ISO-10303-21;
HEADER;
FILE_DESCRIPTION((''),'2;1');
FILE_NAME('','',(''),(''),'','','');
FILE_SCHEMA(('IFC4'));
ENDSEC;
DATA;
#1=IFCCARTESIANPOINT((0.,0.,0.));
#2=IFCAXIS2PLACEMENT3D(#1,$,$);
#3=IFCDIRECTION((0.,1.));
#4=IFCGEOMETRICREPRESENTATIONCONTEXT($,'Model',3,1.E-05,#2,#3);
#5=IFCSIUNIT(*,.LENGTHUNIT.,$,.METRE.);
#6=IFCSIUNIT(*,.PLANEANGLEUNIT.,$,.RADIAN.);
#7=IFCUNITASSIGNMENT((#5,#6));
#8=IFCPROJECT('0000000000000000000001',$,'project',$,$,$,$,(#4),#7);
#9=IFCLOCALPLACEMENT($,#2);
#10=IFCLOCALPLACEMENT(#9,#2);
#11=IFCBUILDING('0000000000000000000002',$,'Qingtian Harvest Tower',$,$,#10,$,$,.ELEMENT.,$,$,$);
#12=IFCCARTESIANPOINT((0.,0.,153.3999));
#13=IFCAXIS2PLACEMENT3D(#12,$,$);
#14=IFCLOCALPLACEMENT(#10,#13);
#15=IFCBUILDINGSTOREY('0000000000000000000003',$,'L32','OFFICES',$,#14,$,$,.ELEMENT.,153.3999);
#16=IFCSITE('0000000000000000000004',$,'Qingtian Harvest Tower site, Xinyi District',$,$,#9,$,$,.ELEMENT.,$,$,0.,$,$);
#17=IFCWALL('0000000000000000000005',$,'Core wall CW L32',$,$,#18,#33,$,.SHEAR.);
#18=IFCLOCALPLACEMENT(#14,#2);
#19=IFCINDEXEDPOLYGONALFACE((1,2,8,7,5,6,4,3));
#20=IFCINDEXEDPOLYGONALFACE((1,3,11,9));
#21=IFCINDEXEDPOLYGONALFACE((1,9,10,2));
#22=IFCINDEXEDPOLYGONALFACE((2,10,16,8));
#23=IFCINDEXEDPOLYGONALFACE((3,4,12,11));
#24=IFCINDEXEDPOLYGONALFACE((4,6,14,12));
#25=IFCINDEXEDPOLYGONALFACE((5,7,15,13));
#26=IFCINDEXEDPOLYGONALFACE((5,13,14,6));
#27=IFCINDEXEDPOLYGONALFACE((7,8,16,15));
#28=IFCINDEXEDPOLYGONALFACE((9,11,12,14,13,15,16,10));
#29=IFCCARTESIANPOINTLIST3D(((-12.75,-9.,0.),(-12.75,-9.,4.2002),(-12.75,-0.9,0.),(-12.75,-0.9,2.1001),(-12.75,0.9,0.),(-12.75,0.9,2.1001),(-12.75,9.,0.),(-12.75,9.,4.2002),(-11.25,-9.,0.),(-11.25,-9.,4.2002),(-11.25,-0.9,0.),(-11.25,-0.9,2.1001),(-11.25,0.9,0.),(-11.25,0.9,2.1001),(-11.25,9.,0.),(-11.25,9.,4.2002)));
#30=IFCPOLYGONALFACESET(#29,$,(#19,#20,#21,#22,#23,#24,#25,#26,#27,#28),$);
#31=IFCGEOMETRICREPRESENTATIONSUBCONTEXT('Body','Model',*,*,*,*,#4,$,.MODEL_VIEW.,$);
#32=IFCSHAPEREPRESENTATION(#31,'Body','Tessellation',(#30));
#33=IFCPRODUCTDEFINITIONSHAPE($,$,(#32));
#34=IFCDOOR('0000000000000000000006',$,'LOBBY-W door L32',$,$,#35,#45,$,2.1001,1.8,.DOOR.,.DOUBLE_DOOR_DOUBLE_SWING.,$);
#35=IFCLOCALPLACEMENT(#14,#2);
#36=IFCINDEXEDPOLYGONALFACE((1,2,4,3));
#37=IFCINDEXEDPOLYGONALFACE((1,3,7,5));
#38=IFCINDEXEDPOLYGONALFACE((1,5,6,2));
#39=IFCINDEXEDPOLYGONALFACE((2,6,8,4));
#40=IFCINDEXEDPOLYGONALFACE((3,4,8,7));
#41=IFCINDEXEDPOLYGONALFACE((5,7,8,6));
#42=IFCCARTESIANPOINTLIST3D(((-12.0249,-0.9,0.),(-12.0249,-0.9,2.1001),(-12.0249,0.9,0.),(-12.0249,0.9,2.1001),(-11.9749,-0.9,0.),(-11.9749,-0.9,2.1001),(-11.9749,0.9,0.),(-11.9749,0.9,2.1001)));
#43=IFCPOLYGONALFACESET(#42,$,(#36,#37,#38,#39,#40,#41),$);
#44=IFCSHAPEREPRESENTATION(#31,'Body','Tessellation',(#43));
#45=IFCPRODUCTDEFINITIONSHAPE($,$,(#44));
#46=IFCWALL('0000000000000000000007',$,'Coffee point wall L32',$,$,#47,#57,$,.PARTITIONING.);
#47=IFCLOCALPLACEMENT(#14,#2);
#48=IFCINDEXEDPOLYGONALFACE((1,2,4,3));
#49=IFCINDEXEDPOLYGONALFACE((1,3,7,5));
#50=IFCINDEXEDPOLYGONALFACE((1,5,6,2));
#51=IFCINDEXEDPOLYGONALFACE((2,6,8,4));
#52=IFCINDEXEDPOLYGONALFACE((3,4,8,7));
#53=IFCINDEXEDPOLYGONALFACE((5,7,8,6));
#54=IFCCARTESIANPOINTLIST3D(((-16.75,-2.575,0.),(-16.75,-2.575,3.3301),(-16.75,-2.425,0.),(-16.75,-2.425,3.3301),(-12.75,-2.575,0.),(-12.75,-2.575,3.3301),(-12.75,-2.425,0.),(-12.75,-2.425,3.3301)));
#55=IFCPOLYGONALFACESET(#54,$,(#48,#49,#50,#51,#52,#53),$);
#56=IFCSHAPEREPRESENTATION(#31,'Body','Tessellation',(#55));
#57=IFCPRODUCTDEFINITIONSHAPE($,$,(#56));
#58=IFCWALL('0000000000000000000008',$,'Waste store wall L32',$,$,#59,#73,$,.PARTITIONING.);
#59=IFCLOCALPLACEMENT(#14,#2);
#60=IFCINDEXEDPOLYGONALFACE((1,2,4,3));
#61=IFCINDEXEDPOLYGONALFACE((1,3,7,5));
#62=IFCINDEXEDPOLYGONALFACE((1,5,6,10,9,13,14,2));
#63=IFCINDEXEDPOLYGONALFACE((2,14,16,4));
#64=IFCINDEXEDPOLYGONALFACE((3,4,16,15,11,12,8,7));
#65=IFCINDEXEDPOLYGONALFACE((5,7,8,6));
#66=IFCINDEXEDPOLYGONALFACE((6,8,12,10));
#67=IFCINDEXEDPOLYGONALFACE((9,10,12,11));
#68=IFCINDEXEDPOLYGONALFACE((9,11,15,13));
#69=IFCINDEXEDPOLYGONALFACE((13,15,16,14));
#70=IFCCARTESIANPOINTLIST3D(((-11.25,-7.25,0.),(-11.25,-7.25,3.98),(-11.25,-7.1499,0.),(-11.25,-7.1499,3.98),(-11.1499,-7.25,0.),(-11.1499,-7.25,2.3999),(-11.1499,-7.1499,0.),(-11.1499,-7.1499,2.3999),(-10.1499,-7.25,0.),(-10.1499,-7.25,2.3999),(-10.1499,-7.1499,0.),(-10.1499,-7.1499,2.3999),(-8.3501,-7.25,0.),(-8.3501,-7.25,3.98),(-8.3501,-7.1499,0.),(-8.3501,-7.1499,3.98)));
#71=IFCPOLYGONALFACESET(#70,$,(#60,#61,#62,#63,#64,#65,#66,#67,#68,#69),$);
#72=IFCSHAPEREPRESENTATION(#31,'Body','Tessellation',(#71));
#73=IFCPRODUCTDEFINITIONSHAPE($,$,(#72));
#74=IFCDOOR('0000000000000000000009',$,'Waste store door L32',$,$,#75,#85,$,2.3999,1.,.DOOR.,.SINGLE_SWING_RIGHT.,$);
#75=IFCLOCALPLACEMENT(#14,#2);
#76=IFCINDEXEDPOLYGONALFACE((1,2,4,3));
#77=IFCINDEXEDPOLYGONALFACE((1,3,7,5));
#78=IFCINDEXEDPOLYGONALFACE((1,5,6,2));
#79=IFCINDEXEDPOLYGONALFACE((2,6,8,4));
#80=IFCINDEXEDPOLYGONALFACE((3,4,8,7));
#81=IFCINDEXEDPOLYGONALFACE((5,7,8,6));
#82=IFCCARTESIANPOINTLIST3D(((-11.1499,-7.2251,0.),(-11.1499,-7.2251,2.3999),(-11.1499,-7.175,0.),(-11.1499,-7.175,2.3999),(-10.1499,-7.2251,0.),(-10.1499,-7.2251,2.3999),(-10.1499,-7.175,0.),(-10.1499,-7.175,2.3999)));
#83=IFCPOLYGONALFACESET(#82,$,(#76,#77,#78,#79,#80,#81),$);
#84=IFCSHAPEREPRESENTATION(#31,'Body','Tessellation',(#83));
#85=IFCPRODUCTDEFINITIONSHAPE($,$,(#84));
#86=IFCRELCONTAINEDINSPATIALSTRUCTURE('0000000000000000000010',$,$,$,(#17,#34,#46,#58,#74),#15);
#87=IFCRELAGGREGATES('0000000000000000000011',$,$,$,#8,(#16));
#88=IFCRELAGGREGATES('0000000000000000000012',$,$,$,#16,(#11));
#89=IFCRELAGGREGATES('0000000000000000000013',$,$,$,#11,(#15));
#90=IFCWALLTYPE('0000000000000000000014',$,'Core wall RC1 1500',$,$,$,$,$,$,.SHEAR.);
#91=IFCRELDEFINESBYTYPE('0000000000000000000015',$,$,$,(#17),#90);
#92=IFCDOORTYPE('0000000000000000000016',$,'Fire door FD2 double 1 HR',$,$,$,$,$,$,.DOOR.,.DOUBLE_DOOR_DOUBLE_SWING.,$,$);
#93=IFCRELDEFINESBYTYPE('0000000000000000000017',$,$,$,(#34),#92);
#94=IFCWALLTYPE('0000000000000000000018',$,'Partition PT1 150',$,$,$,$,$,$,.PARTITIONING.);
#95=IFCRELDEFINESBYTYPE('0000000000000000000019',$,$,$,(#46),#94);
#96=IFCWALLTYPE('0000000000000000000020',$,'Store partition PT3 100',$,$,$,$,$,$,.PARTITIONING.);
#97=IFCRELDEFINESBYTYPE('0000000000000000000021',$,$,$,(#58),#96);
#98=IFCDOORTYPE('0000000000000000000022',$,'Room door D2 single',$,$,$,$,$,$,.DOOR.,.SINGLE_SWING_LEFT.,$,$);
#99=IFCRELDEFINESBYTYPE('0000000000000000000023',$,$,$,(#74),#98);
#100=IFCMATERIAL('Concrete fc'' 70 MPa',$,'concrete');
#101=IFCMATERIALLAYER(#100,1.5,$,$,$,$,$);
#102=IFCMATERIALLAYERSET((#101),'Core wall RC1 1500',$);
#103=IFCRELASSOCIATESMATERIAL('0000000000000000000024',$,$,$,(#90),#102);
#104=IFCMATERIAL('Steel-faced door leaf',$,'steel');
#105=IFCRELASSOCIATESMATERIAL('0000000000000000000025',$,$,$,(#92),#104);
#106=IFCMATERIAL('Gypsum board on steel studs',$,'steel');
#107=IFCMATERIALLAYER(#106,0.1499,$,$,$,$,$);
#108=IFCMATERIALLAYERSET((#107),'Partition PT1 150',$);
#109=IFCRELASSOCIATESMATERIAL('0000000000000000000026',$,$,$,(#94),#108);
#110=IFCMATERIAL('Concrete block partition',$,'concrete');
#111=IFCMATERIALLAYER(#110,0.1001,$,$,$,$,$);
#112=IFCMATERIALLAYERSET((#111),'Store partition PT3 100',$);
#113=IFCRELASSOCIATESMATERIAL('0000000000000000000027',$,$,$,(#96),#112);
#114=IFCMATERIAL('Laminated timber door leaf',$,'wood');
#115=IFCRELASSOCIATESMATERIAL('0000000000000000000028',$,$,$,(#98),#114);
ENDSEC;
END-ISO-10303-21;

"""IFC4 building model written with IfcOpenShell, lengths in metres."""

from ifc_helpers import new_model, si_unit, direction, frame, frame_2d, origin, place, context, subcontext, project, spatial, rectangle, extrude, material, layer, layer_set, type_object, element, fill, save


model = new_model("IFC4")

# Units and contexts
model_context = context("Model", 3, precision=1e-05, world=origin(), true_north=direction((0.0, 1.0)))
body_context = subcontext(model_context, "Body", "Model", "MODEL_VIEW")
ifc_project = project(units=[si_unit("LENGTHUNIT", "METRE"), si_unit("PLANEANGLEUNIT", "RADIAN")], contexts=[model_context])

# Site, building, storey
site_placement = place(None, origin())
site = spatial("IfcSite", under=ifc_project, at=site_placement, Name="Qingtian Harvest Tower site, Xinyi District", CompositionType="ELEMENT", RefElevation=0.0)
building_placement = place(site_placement, origin())
building = spatial("IfcBuilding", under=site, at=building_placement, Name="Qingtian Harvest Tower", CompositionType="ELEMENT")
storey_placement = place(building_placement, frame((0.0, 0.0, 153.3999)))
storey = spatial("IfcBuildingStorey", under=building, at=storey_placement, Name="L32", Description="OFFICES", CompositionType="ELEMENT", Elevation=153.3999)

# Wall, opening, door
ifc_material_1 = material(Name="Concrete fc' 70 MPa", Category="concrete")
ifc_layer_1 = layer(ifc_material_1, 1.5)
ifc_layer_set_1 = layer_set([ifc_layer_1], Name="Core wall RC1 1500")
wall_type_1 = type_object("IfcWallType", Name="Core wall RC1 1500", PredefinedType="SHEAR", material=ifc_layer_set_1)
wall_1_placement = place(storey_placement, frame((-12.0, -9.0, 0.0), z_axis=(0.0, 0.0, 1.0), x_axis=(0.0, 1.0, 0.0)))
wall_1 = element("IfcWall", 1, at=wall_1_placement, inside=storey, type_object=wall_type_1, Name="Core wall CW L32", PredefinedType="SHEAR", context=body_context, shape_type="SweptSolid", body=[
    extrude(rectangle(XDim=18.0, YDim=1.5, at=frame_2d((9.0, 0.0))), origin(), (0.0, 0.0, 1.0), 4.2002),
])
opening_1_placement = place(wall_1_placement, frame((8.1001, 0.0, 0.0)))
opening_1 = element("IfcOpeningElement", 2, at=opening_1_placement, cuts=wall_1, PredefinedType="OPENING", context=body_context, shape_type="SweptSolid", body=[
    extrude(rectangle(XDim=1.8, YDim=2.1001, at=frame_2d((0.8999, 1.05))), frame((0.0, 0.76, 0.0), z_axis=(0.0, -1.0, 0.0), x_axis=(1.0, 0.0, 0.0)), (0.0, 0.0, 1.0), 1.52),
])
ifc_material_2 = material(Name="Steel-faced door leaf", Category="steel")
door_type_1 = type_object("IfcDoorType", Name="Fire door FD2 double 1 HR", OperationType="DOUBLE_DOOR_DOUBLE_SWING", PredefinedType="DOOR", material=ifc_material_2)
door_1_placement = place(opening_1_placement, origin())
door_1 = element("IfcDoor", 3, at=door_1_placement, inside=storey, type_object=door_type_1, Name="LOBBY-W door L32", OperationType="DOUBLE_DOOR_DOUBLE_SWING", OverallHeight=2.1001, OverallWidth=1.8, PredefinedType="DOOR", context=body_context, shape_type="SweptSolid", body=[
    extrude(rectangle(XDim=1.8, YDim=2.1001, at=frame_2d((0.8999, 1.05))), frame((0.0, 0.0249, 0.0), z_axis=(0.0, -1.0, 0.0), x_axis=(1.0, 0.0, 0.0)), (0.0, 0.0, 1.0), 0.05),
])
fill(opening_1, door_1)

# Wall
ifc_material_3 = material(Name="Gypsum board on steel studs", Category="steel")
ifc_layer_2 = layer(ifc_material_3, 0.1499)
ifc_layer_set_2 = layer_set([ifc_layer_2], Name="Partition PT1 150")
wall_type_2 = type_object("IfcWallType", Name="Partition PT1 150", PredefinedType="PARTITIONING", material=ifc_layer_set_2)
wall_2_placement = place(storey_placement, frame((-12.75, -2.5, 0.0), z_axis=(0.0, 0.0, 1.0), x_axis=(-1.0, 0.0, 0.0)))
element("IfcWall", 4, at=wall_2_placement, inside=storey, type_object=wall_type_2, Name="Coffee point wall L32", PredefinedType="PARTITIONING", context=body_context, shape_type="SweptSolid", body=[
    extrude(rectangle(XDim=4.0, YDim=0.1499, at=frame_2d((2.0, 0.0))), origin(), (0.0, 0.0, 1.0), 3.3301),
])

# Wall, opening, door
ifc_material_4 = material(Name="Concrete block partition", Category="concrete")
ifc_layer_3 = layer(ifc_material_4, 0.1001)
ifc_layer_set_3 = layer_set([ifc_layer_3], Name="Store partition PT3 100")
wall_type_3 = type_object("IfcWallType", Name="Store partition PT3 100", PredefinedType="PARTITIONING", material=ifc_layer_set_3)
wall_3_placement = place(storey_placement, frame((-11.25, -7.2, 0.0), z_axis=(0.0, 0.0, 1.0), x_axis=(1.0, 0.0, 0.0)))
wall_3 = element("IfcWall", 5, at=wall_3_placement, inside=storey, type_object=wall_type_3, Name="Waste store wall L32", PredefinedType="PARTITIONING", context=body_context, shape_type="SweptSolid", body=[
    extrude(rectangle(XDim=2.8999, YDim=0.1001, at=frame_2d((1.45, 0.0))), origin(), (0.0, 0.0, 1.0), 3.98),
])
opening_2_placement = place(wall_3_placement, frame((0.1001, 0.0, 0.0)))
opening_2 = element("IfcOpeningElement", 6, at=opening_2_placement, cuts=wall_3, PredefinedType="OPENING", context=body_context, shape_type="SweptSolid", body=[
    extrude(rectangle(XDim=1.0, YDim=2.3999, at=frame_2d((0.5, 1.2))), frame((0.0, 0.0601, 0.0), z_axis=(0.0, -1.0, 0.0), x_axis=(1.0, 0.0, 0.0)), (0.0, 0.0, 1.0), 0.1201),
])
ifc_material_5 = material(Name="Laminated timber door leaf", Category="wood")
door_type_2 = type_object("IfcDoorType", Name="Room door D2 single", OperationType="SINGLE_SWING_LEFT", PredefinedType="DOOR", material=ifc_material_5)
door_2_placement = place(opening_2_placement, origin())
door_2 = element("IfcDoor", 7, at=door_2_placement, inside=storey, type_object=door_type_2, Name="Waste store door L32", OperationType="SINGLE_SWING_RIGHT", OverallHeight=2.3999, OverallWidth=1.0, PredefinedType="DOOR", context=body_context, shape_type="SweptSolid", body=[
    extrude(rectangle(XDim=1.0, YDim=2.3999, at=frame_2d((0.5, 1.2))), frame((0.0, 0.0249, 0.0), z_axis=(0.0, -1.0, 0.0), x_axis=(1.0, 0.0, 0.0)), (0.0, 0.0, 1.0), 0.05),
])
fill(opening_2, door_2)

save(model, "model.ifc")
